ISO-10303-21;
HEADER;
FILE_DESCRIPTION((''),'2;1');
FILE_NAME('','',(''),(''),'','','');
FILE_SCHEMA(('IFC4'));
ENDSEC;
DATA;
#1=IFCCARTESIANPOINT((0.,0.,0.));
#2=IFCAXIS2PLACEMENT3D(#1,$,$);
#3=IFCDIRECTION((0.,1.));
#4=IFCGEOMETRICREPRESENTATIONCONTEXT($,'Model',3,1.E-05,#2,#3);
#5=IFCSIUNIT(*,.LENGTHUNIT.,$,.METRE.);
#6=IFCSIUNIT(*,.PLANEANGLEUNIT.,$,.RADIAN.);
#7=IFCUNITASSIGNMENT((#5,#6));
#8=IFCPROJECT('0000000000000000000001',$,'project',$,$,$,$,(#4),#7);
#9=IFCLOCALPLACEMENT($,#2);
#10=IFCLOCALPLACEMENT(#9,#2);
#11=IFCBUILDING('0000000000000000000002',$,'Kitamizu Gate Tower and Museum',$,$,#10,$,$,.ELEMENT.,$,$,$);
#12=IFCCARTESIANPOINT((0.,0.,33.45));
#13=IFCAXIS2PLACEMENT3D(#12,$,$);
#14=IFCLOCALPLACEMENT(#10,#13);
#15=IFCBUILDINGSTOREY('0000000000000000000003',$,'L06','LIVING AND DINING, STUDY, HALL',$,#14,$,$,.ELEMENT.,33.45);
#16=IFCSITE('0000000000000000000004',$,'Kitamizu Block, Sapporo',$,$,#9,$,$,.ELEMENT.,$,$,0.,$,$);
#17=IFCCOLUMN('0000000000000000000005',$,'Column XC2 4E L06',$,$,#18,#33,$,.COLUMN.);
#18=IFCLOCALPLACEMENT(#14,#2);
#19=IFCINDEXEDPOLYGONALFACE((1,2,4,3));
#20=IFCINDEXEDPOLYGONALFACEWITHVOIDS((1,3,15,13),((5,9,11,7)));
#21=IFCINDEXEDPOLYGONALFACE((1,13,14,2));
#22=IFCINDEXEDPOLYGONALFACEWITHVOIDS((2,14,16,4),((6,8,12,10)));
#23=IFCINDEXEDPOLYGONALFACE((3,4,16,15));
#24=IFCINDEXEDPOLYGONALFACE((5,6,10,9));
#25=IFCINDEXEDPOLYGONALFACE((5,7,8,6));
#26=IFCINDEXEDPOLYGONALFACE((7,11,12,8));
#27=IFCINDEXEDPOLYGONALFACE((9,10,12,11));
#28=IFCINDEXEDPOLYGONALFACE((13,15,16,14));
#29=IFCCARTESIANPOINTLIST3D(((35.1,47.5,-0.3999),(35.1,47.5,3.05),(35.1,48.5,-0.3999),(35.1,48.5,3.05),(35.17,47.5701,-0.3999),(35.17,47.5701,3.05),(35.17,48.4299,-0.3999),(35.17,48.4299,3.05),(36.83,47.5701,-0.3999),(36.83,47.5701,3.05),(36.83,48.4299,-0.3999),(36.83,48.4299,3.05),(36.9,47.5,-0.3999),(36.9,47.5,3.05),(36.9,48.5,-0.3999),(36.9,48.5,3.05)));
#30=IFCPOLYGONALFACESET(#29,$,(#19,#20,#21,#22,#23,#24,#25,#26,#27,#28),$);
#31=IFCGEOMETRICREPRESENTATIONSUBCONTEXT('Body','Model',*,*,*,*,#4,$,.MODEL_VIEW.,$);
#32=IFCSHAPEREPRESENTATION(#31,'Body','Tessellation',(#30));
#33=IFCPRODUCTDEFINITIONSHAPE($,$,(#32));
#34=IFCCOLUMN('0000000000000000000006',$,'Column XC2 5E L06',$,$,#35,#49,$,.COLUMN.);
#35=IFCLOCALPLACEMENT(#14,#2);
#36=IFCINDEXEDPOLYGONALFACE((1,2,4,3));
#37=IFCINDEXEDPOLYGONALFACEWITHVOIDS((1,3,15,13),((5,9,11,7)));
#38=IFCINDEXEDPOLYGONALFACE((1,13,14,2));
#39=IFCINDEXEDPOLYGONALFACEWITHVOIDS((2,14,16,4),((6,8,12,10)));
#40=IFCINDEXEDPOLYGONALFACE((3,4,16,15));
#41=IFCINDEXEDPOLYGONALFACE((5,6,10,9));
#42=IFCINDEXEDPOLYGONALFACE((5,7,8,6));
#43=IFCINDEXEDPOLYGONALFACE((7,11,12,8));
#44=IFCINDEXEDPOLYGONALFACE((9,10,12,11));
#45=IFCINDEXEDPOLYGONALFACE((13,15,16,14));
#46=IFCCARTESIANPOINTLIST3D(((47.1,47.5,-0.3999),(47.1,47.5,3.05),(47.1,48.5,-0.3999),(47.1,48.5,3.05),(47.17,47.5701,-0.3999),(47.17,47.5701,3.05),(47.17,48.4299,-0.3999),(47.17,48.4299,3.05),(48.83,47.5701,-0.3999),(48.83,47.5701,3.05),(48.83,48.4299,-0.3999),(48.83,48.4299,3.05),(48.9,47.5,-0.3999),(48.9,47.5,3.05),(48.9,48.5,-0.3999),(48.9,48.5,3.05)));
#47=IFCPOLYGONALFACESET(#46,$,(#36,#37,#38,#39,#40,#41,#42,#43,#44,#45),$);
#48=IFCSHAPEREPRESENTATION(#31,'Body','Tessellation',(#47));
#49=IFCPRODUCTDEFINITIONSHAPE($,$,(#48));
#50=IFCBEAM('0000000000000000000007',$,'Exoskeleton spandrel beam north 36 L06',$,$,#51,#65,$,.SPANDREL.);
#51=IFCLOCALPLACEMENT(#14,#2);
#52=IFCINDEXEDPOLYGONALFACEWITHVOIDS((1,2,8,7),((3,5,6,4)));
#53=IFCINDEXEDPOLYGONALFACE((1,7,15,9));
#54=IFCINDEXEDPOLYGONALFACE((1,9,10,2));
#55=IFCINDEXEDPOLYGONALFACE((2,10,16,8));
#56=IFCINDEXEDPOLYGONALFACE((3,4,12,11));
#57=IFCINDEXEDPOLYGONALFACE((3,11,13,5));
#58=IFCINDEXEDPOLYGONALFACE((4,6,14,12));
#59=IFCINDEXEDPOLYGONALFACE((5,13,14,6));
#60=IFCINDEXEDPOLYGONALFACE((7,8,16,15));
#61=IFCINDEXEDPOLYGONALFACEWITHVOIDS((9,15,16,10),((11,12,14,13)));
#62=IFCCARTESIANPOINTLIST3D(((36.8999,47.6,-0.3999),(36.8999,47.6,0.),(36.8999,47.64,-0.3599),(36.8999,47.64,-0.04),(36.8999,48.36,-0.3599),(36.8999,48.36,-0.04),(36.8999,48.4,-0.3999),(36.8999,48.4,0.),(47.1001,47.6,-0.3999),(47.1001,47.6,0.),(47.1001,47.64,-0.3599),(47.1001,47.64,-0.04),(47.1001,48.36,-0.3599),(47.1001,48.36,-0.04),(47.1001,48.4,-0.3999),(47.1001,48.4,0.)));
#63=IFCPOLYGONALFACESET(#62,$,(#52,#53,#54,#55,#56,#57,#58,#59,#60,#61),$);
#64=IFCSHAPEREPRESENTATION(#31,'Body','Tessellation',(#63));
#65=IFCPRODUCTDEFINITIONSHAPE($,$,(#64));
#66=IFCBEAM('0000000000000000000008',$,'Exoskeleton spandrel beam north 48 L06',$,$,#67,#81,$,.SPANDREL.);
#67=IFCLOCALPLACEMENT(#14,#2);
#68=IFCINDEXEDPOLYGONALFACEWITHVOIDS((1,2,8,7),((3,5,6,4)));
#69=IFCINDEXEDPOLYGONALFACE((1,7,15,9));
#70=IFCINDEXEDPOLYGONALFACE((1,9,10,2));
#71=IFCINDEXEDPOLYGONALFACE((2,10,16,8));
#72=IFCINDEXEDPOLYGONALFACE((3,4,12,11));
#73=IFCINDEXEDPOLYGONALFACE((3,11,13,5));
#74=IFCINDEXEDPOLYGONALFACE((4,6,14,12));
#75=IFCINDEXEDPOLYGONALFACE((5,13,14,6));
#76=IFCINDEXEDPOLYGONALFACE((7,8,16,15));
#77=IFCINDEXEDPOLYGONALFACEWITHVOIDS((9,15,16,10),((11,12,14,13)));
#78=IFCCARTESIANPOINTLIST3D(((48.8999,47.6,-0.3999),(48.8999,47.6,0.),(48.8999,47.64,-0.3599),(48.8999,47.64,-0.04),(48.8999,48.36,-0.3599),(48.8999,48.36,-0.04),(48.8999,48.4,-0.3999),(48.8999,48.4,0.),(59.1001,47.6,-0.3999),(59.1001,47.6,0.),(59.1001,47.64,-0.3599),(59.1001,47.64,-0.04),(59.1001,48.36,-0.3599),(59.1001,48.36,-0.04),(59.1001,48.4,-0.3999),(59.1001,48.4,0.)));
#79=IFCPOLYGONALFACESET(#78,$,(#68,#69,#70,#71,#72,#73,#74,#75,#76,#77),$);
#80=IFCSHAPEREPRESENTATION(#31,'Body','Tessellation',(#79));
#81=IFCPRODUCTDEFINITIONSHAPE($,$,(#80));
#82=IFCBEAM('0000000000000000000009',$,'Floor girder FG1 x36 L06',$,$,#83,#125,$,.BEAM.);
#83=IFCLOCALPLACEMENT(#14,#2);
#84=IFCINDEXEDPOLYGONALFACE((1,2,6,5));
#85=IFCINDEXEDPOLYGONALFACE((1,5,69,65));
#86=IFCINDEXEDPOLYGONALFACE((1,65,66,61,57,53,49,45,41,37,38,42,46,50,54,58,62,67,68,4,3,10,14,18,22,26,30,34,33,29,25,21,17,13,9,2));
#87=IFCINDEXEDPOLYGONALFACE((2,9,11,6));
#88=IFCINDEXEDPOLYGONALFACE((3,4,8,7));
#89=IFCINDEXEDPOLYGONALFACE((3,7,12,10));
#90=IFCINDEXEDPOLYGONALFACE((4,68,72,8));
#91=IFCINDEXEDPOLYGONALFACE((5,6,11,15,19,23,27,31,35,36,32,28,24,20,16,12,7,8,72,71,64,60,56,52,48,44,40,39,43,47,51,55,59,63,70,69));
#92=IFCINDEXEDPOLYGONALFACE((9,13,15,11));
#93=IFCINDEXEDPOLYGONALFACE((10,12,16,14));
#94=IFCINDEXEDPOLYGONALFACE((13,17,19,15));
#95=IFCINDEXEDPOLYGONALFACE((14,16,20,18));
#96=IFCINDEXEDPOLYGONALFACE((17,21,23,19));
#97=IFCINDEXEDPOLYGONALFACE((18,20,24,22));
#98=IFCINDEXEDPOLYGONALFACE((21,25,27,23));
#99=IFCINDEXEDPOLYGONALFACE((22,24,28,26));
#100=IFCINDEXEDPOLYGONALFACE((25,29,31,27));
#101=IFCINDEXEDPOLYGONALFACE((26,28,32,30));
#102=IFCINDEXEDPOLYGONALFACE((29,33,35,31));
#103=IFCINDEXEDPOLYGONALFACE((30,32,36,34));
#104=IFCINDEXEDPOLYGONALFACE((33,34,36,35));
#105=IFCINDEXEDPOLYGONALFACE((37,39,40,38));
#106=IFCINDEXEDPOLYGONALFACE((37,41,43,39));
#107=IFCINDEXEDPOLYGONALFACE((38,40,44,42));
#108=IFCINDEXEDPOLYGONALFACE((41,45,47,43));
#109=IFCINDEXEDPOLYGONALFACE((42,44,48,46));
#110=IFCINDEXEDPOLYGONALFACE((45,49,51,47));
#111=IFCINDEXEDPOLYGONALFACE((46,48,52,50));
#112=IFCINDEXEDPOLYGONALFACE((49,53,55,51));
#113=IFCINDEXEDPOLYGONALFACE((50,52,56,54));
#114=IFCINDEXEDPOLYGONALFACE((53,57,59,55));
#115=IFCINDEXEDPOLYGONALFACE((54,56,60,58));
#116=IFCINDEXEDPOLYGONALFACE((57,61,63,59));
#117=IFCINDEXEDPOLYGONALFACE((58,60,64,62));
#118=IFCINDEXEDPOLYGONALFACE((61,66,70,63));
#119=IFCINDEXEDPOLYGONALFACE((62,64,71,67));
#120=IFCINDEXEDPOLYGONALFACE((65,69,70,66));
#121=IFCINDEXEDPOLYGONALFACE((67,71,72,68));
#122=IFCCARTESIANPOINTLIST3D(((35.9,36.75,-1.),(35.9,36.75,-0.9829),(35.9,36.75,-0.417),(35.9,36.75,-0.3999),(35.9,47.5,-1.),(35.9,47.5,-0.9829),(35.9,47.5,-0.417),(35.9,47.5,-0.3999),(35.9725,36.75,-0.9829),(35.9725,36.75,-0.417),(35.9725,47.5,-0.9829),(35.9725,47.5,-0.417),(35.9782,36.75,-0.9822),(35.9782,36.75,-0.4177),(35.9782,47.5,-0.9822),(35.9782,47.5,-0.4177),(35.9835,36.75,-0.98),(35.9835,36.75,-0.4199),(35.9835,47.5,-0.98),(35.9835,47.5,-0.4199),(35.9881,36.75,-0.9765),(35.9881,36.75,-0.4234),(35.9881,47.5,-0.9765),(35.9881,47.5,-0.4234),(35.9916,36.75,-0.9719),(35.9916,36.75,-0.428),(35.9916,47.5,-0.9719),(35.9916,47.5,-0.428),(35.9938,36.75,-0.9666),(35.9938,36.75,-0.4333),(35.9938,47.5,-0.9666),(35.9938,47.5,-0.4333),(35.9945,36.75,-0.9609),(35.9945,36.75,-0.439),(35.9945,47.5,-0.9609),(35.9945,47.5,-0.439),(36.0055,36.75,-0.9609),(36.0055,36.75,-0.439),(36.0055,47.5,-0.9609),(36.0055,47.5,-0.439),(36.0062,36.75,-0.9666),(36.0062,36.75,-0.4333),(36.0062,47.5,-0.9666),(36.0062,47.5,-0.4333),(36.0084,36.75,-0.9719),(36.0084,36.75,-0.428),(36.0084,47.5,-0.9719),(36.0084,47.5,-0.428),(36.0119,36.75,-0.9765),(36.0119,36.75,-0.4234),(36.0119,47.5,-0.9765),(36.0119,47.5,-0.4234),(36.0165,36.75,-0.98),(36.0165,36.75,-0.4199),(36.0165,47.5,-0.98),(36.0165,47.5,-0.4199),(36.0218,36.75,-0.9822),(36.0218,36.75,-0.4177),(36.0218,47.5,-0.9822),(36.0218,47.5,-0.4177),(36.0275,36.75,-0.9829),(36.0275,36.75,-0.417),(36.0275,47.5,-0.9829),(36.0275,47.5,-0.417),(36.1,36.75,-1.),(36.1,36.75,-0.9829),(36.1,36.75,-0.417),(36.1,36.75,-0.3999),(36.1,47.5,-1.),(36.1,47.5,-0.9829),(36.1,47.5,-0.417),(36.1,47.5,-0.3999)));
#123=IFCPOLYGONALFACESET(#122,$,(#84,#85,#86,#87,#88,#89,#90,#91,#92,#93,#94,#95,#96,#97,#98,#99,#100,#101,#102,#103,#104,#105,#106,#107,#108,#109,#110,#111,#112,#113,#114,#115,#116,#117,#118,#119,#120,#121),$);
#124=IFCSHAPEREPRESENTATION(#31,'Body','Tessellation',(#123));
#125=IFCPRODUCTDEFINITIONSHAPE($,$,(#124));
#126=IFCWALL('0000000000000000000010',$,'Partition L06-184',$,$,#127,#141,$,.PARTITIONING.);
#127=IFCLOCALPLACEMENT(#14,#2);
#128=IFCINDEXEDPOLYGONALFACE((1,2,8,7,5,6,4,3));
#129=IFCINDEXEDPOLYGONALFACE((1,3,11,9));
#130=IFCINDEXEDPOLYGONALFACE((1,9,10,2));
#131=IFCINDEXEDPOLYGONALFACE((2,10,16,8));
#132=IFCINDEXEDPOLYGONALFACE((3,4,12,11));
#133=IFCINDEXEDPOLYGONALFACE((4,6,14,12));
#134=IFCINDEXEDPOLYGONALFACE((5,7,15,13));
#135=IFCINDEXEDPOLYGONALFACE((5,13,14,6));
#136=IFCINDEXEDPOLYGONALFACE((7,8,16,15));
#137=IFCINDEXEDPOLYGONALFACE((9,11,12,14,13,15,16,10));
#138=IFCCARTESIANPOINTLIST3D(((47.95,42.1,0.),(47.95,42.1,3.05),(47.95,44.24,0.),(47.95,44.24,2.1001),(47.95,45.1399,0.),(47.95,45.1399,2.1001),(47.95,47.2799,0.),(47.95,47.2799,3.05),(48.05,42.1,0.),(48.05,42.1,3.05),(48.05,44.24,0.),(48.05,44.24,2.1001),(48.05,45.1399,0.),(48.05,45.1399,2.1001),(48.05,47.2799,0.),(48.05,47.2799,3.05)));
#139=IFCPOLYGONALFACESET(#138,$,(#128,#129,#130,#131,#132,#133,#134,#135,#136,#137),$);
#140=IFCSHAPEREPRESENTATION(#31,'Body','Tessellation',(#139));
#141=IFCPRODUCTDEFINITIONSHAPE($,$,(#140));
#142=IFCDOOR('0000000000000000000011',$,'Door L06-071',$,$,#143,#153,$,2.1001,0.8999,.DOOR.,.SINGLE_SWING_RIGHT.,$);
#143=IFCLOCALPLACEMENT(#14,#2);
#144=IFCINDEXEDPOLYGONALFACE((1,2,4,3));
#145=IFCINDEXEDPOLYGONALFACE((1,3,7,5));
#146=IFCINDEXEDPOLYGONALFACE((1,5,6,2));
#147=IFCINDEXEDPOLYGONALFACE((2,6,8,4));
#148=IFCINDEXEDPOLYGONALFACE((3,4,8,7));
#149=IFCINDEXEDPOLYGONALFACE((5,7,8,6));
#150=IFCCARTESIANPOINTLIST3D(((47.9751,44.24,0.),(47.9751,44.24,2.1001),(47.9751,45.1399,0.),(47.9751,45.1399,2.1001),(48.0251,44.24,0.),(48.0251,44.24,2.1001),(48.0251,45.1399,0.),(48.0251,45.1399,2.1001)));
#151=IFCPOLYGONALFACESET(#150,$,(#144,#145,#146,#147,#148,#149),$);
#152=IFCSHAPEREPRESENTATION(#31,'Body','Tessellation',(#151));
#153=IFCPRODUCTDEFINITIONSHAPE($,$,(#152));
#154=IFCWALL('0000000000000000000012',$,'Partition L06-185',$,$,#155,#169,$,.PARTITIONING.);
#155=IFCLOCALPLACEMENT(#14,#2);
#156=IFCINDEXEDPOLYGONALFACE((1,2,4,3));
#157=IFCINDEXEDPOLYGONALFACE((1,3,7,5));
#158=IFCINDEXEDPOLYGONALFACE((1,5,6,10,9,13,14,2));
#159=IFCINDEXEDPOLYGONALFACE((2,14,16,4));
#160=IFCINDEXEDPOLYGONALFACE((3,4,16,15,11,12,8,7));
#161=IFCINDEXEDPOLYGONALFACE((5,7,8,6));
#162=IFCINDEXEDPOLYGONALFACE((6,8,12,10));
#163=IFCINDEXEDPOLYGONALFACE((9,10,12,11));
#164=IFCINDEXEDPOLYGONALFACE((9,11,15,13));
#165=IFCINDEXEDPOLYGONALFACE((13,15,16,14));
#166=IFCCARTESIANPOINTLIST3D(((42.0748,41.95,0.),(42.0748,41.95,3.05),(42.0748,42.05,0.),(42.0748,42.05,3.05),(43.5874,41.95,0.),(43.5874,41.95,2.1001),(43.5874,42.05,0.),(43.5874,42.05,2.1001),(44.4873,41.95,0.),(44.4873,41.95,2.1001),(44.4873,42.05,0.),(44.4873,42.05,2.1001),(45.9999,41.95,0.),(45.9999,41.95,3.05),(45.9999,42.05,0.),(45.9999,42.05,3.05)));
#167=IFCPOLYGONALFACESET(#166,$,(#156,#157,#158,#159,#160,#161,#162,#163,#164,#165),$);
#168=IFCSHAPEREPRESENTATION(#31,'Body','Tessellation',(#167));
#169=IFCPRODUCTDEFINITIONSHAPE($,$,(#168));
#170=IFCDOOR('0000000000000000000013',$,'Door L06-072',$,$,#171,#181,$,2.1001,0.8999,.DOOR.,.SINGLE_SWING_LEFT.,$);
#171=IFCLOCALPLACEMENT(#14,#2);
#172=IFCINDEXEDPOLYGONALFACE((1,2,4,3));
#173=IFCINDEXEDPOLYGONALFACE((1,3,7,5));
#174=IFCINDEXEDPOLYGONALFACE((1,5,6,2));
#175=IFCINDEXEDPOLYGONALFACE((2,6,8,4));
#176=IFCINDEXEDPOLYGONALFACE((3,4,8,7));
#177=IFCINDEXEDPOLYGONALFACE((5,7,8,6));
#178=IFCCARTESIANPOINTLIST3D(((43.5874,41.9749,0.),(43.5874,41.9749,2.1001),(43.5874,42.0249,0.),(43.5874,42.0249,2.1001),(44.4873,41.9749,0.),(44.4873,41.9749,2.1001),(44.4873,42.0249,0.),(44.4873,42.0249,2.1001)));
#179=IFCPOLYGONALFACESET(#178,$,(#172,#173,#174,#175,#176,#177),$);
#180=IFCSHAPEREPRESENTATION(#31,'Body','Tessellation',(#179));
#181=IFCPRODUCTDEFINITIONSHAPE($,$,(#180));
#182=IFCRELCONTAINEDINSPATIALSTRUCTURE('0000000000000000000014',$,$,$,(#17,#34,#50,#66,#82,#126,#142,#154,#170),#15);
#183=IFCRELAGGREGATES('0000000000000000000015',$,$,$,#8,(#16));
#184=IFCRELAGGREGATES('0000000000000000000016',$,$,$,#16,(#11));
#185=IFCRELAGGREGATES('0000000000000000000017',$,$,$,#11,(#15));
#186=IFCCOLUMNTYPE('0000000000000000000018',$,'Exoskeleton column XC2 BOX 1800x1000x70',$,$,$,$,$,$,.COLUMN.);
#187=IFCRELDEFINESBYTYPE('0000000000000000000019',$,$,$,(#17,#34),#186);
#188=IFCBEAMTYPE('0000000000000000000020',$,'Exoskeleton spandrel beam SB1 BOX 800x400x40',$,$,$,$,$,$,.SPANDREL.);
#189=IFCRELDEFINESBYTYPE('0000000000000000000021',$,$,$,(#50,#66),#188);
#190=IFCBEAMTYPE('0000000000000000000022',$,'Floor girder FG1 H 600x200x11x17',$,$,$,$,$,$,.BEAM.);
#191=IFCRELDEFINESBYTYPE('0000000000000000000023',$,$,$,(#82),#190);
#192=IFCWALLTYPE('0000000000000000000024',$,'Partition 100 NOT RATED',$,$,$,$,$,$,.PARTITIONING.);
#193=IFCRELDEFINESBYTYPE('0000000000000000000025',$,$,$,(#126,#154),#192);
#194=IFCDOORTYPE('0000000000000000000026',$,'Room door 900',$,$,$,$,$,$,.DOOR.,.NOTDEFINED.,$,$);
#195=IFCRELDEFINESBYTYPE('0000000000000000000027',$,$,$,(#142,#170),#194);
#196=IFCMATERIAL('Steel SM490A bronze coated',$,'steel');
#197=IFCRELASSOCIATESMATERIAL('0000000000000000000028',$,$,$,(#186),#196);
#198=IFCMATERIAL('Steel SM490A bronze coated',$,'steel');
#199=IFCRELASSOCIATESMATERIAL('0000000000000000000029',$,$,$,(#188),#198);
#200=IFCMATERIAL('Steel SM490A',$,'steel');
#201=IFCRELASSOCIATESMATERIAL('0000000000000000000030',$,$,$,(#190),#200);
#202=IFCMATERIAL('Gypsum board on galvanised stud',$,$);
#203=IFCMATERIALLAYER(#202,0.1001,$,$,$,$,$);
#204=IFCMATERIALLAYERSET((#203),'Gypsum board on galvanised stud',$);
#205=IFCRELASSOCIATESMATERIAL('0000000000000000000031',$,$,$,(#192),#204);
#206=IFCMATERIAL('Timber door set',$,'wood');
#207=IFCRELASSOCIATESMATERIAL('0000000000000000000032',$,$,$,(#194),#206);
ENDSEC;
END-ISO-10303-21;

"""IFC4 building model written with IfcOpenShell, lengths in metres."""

from ifc_helpers import new_model, si_unit, direction, frame, frame_2d, origin, origin_2d, place, context, subcontext, project, spatial, rectangle, hollow_rectangle, i_section, extrude, material, layer, layer_set, material_profile, profile_set, type_object, element, fill, save


model = new_model("IFC4")

# Units and contexts
model_context = context("Model", 3, precision=1e-05, world=origin(), true_north=direction((0.0, 1.0)))
body_context = subcontext(model_context, "Body", "Model", "MODEL_VIEW")
ifc_project = project(units=[si_unit("LENGTHUNIT", "METRE"), si_unit("PLANEANGLEUNIT", "RADIAN")], contexts=[model_context])

# Site, building, storey
site_placement = place(None, origin())
site = spatial("IfcSite", under=ifc_project, at=site_placement, Name="Kitamizu Block, Sapporo", CompositionType="ELEMENT", RefElevation=0.0)
building_placement = place(site_placement, origin())
building = spatial("IfcBuilding", under=site, at=building_placement, Name="Kitamizu Gate Tower and Museum", CompositionType="ELEMENT")
storey_placement = place(building_placement, frame((0.0, 0.0, 33.45)))
storey = spatial("IfcBuildingStorey", under=building, at=storey_placement, Name="L06", Description="LIVING AND DINING, STUDY, HALL", CompositionType="ELEMENT", Elevation=33.45)

# Columns
ifc_material_1 = material(Name="Steel SM490A bronze coated", Category="steel")
ifc_material_profile_1 = material_profile(ifc_material_1, hollow_rectangle(XDim=1.8, YDim=1.0, WallThickness=0.0701, at=origin_2d()), Name="BOX 1800x1000x70")
ifc_profile_set_1 = profile_set([ifc_material_profile_1], Name="Steel SM490A bronze coated")
column_type = type_object("IfcColumnType", Name="Exoskeleton column XC2 BOX 1800x1000x70", PredefinedType="COLUMN", material=ifc_profile_set_1)
for number, where, z_axis, x_axis, name in (
    (1, (36.0, 48.0, -0.3999), (0.0, 0.0, 1.0), (1.0, 0.0, 0.0), "Column XC2 4E L06"),
    (2, (48.0, 48.0, -0.3999), (0.0, 0.0, 1.0), (1.0, 0.0, 0.0), "Column XC2 5E L06"),
):
    element("IfcColumn", number, at=place(storey_placement, frame(where, z_axis=z_axis, x_axis=x_axis)), inside=storey, type_object=column_type, Name=name, PredefinedType="COLUMN", context=body_context, shape_type="SweptSolid", body=[
        extrude(hollow_rectangle(XDim=1.8, YDim=1.0, WallThickness=0.0701, at=origin_2d()), origin(), (0.0, 0.0, 1.0), 3.45),
    ])

# Beams
ifc_material_2 = material(Name="Steel SM490A bronze coated", Category="steel")
ifc_material_profile_2 = material_profile(ifc_material_2, hollow_rectangle(XDim=0.8, YDim=0.3999, WallThickness=0.04, at=origin_2d()), Name="BOX 800x400x40")
ifc_profile_set_2 = profile_set([ifc_material_profile_2], Name="Steel SM490A bronze coated")
beam_type_1 = type_object("IfcBeamType", Name="Exoskeleton spandrel beam SB1 BOX 800x400x40", PredefinedType="SPANDREL", material=ifc_profile_set_2)
for number, where, z_axis, x_axis, name in (
    (3, (36.8999, 48.0, -0.2), (1.0, 0.0, 0.0), (0.0, 1.0, 0.0), "Exoskeleton spandrel beam north 36 L06"),
    (4, (48.8999, 48.0, -0.2), (1.0, 0.0, 0.0), (0.0, 1.0, 0.0), "Exoskeleton spandrel beam north 48 L06"),
):
    element("IfcBeam", number, at=place(storey_placement, frame(where, z_axis=z_axis, x_axis=x_axis)), inside=storey, type_object=beam_type_1, Name=name, PredefinedType="SPANDREL", context=body_context, shape_type="SweptSolid", body=[
        extrude(hollow_rectangle(XDim=0.8, YDim=0.3999, WallThickness=0.04, at=origin_2d()), origin(), (0.0, 0.0, 1.0), 10.2002),
    ])
ifc_material_3 = material(Name="Steel SM490A", Category="steel")
ifc_material_profile_3 = material_profile(ifc_material_3, i_section(OverallWidth=0.2, OverallDepth=0.6001, WebThickness=0.011, FlangeThickness=0.0171, FilletRadius=0.022, at=origin_2d()), Name="H-600x200x11x17")
ifc_profile_set_3 = profile_set([ifc_material_profile_3], Name="Steel SM490A")
beam_type_2 = type_object("IfcBeamType", Name="Floor girder FG1 H 600x200x11x17", PredefinedType="BEAM", material=ifc_profile_set_3)
beam_placement = place(storey_placement, frame((36.0, 36.75, -0.7), z_axis=(0.0, 1.0, 0.0), x_axis=(-1.0, 0.0, 0.0)))
element("IfcBeam", 5, at=beam_placement, inside=storey, type_object=beam_type_2, Name="Floor girder FG1 x36 L06", PredefinedType="BEAM", context=body_context, shape_type="SweptSolid", body=[
    extrude(i_section(OverallWidth=0.2, OverallDepth=0.6001, WebThickness=0.011, FlangeThickness=0.0171, FilletRadius=0.022, at=origin_2d()), origin(), (0.0, 0.0, 1.0), 10.75),
])

# Walls, openings, doors
ifc_material_4 = material(Name="Gypsum board on galvanised stud")
ifc_layer_1 = layer(ifc_material_4, 0.1001)
ifc_layer_set_1 = layer_set([ifc_layer_1], Name="Gypsum board on galvanised stud")
wall_type_1 = type_object("IfcWallType", Name="Partition 100 NOT RATED", PredefinedType="PARTITIONING", material=ifc_layer_set_1)
wall_1_placement = place(storey_placement, frame((48.0, 42.1001, 0.0), z_axis=(0.0, 0.0, 1.0), x_axis=(0.0, 1.0, 0.0)))
wall_1 = element("IfcWall", 6, at=wall_1_placement, inside=storey, type_object=wall_type_1, Name="Partition L06-184", PredefinedType="PARTITIONING", context=body_context, shape_type="SweptSolid", body=[
    extrude(rectangle(XDim=5.1799, YDim=0.1001, at=frame_2d((2.5898, 0.0))), origin(), (0.0, 0.0, 1.0), 3.05),
])
opening_1_placement = place(wall_1_placement, frame((2.1399, 0.0, 0.0)))
opening_1 = element("IfcOpeningElement", 7, at=opening_1_placement, cuts=wall_1, PredefinedType="OPENING", context=body_context, shape_type="SweptSolid", body=[
    extrude(rectangle(XDim=0.8999, YDim=2.1001, at=frame_2d((0.45, 1.05))), frame((0.0, 0.0601, 0.0), z_axis=(0.0, -1.0, 0.0), x_axis=(1.0, 0.0, 0.0)), (0.0, 0.0, 1.0), 0.1201),
])
ifc_material_5 = material(Name="Timber door set", Category="wood")
door_type_1 = type_object("IfcDoorType", Name="Room door 900", OperationType="NOTDEFINED", PredefinedType="DOOR", material=ifc_material_5)
door_1_placement = place(opening_1_placement, origin())
door_1 = element("IfcDoor", 8, at=door_1_placement, inside=storey, type_object=door_type_1, Name="Door L06-071", OperationType="SINGLE_SWING_RIGHT", OverallHeight=2.1001, OverallWidth=0.8999, PredefinedType="DOOR", context=body_context, shape_type="SweptSolid", body=[
    extrude(rectangle(XDim=0.8999, YDim=2.1001, at=frame_2d((0.45, 1.05))), frame((0.0, 0.0249, 0.0), z_axis=(0.0, -1.0, 0.0), x_axis=(1.0, 0.0, 0.0)), (0.0, 0.0, 1.0), 0.05),
])
fill(opening_1, door_1)
wall_2_placement = place(storey_placement, frame((42.075, 42.0, 0.0), z_axis=(0.0, 0.0, 1.0), x_axis=(1.0, 0.0, 0.0)))
wall_2 = element("IfcWall", 9, at=wall_2_placement, inside=storey, type_object=wall_type_1, Name="Partition L06-185", PredefinedType="PARTITIONING", context=body_context, shape_type="SweptSolid", body=[
    extrude(rectangle(XDim=3.925, YDim=0.1001, at=frame_2d((1.9624, 0.0))), origin(), (0.0, 0.0, 1.0), 3.05),
])
opening_2_placement = place(wall_2_placement, frame((1.5125, 0.0, 0.0)))
opening_2 = element("IfcOpeningElement", 10, at=opening_2_placement, cuts=wall_2, PredefinedType="OPENING", context=body_context, shape_type="SweptSolid", body=[
    extrude(rectangle(XDim=0.8999, YDim=2.1001, at=frame_2d((0.45, 1.05))), frame((0.0, 0.0601, 0.0), z_axis=(0.0, -1.0, 0.0), x_axis=(1.0, 0.0, 0.0)), (0.0, 0.0, 1.0), 0.1201),
])
door_2_placement = place(opening_2_placement, origin())
door_2 = element("IfcDoor", 11, at=door_2_placement, inside=storey, type_object=door_type_1, Name="Door L06-072", OperationType="SINGLE_SWING_LEFT", OverallHeight=2.1001, OverallWidth=0.8999, PredefinedType="DOOR", context=body_context, shape_type="SweptSolid", body=[
    extrude(rectangle(XDim=0.8999, YDim=2.1001, at=frame_2d((0.45, 1.05))), frame((0.0, 0.0249, 0.0), z_axis=(0.0, -1.0, 0.0), x_axis=(1.0, 0.0, 0.0)), (0.0, 0.0, 1.0), 0.05),
])
fill(opening_2, door_2)

save(model, "model.ifc")
